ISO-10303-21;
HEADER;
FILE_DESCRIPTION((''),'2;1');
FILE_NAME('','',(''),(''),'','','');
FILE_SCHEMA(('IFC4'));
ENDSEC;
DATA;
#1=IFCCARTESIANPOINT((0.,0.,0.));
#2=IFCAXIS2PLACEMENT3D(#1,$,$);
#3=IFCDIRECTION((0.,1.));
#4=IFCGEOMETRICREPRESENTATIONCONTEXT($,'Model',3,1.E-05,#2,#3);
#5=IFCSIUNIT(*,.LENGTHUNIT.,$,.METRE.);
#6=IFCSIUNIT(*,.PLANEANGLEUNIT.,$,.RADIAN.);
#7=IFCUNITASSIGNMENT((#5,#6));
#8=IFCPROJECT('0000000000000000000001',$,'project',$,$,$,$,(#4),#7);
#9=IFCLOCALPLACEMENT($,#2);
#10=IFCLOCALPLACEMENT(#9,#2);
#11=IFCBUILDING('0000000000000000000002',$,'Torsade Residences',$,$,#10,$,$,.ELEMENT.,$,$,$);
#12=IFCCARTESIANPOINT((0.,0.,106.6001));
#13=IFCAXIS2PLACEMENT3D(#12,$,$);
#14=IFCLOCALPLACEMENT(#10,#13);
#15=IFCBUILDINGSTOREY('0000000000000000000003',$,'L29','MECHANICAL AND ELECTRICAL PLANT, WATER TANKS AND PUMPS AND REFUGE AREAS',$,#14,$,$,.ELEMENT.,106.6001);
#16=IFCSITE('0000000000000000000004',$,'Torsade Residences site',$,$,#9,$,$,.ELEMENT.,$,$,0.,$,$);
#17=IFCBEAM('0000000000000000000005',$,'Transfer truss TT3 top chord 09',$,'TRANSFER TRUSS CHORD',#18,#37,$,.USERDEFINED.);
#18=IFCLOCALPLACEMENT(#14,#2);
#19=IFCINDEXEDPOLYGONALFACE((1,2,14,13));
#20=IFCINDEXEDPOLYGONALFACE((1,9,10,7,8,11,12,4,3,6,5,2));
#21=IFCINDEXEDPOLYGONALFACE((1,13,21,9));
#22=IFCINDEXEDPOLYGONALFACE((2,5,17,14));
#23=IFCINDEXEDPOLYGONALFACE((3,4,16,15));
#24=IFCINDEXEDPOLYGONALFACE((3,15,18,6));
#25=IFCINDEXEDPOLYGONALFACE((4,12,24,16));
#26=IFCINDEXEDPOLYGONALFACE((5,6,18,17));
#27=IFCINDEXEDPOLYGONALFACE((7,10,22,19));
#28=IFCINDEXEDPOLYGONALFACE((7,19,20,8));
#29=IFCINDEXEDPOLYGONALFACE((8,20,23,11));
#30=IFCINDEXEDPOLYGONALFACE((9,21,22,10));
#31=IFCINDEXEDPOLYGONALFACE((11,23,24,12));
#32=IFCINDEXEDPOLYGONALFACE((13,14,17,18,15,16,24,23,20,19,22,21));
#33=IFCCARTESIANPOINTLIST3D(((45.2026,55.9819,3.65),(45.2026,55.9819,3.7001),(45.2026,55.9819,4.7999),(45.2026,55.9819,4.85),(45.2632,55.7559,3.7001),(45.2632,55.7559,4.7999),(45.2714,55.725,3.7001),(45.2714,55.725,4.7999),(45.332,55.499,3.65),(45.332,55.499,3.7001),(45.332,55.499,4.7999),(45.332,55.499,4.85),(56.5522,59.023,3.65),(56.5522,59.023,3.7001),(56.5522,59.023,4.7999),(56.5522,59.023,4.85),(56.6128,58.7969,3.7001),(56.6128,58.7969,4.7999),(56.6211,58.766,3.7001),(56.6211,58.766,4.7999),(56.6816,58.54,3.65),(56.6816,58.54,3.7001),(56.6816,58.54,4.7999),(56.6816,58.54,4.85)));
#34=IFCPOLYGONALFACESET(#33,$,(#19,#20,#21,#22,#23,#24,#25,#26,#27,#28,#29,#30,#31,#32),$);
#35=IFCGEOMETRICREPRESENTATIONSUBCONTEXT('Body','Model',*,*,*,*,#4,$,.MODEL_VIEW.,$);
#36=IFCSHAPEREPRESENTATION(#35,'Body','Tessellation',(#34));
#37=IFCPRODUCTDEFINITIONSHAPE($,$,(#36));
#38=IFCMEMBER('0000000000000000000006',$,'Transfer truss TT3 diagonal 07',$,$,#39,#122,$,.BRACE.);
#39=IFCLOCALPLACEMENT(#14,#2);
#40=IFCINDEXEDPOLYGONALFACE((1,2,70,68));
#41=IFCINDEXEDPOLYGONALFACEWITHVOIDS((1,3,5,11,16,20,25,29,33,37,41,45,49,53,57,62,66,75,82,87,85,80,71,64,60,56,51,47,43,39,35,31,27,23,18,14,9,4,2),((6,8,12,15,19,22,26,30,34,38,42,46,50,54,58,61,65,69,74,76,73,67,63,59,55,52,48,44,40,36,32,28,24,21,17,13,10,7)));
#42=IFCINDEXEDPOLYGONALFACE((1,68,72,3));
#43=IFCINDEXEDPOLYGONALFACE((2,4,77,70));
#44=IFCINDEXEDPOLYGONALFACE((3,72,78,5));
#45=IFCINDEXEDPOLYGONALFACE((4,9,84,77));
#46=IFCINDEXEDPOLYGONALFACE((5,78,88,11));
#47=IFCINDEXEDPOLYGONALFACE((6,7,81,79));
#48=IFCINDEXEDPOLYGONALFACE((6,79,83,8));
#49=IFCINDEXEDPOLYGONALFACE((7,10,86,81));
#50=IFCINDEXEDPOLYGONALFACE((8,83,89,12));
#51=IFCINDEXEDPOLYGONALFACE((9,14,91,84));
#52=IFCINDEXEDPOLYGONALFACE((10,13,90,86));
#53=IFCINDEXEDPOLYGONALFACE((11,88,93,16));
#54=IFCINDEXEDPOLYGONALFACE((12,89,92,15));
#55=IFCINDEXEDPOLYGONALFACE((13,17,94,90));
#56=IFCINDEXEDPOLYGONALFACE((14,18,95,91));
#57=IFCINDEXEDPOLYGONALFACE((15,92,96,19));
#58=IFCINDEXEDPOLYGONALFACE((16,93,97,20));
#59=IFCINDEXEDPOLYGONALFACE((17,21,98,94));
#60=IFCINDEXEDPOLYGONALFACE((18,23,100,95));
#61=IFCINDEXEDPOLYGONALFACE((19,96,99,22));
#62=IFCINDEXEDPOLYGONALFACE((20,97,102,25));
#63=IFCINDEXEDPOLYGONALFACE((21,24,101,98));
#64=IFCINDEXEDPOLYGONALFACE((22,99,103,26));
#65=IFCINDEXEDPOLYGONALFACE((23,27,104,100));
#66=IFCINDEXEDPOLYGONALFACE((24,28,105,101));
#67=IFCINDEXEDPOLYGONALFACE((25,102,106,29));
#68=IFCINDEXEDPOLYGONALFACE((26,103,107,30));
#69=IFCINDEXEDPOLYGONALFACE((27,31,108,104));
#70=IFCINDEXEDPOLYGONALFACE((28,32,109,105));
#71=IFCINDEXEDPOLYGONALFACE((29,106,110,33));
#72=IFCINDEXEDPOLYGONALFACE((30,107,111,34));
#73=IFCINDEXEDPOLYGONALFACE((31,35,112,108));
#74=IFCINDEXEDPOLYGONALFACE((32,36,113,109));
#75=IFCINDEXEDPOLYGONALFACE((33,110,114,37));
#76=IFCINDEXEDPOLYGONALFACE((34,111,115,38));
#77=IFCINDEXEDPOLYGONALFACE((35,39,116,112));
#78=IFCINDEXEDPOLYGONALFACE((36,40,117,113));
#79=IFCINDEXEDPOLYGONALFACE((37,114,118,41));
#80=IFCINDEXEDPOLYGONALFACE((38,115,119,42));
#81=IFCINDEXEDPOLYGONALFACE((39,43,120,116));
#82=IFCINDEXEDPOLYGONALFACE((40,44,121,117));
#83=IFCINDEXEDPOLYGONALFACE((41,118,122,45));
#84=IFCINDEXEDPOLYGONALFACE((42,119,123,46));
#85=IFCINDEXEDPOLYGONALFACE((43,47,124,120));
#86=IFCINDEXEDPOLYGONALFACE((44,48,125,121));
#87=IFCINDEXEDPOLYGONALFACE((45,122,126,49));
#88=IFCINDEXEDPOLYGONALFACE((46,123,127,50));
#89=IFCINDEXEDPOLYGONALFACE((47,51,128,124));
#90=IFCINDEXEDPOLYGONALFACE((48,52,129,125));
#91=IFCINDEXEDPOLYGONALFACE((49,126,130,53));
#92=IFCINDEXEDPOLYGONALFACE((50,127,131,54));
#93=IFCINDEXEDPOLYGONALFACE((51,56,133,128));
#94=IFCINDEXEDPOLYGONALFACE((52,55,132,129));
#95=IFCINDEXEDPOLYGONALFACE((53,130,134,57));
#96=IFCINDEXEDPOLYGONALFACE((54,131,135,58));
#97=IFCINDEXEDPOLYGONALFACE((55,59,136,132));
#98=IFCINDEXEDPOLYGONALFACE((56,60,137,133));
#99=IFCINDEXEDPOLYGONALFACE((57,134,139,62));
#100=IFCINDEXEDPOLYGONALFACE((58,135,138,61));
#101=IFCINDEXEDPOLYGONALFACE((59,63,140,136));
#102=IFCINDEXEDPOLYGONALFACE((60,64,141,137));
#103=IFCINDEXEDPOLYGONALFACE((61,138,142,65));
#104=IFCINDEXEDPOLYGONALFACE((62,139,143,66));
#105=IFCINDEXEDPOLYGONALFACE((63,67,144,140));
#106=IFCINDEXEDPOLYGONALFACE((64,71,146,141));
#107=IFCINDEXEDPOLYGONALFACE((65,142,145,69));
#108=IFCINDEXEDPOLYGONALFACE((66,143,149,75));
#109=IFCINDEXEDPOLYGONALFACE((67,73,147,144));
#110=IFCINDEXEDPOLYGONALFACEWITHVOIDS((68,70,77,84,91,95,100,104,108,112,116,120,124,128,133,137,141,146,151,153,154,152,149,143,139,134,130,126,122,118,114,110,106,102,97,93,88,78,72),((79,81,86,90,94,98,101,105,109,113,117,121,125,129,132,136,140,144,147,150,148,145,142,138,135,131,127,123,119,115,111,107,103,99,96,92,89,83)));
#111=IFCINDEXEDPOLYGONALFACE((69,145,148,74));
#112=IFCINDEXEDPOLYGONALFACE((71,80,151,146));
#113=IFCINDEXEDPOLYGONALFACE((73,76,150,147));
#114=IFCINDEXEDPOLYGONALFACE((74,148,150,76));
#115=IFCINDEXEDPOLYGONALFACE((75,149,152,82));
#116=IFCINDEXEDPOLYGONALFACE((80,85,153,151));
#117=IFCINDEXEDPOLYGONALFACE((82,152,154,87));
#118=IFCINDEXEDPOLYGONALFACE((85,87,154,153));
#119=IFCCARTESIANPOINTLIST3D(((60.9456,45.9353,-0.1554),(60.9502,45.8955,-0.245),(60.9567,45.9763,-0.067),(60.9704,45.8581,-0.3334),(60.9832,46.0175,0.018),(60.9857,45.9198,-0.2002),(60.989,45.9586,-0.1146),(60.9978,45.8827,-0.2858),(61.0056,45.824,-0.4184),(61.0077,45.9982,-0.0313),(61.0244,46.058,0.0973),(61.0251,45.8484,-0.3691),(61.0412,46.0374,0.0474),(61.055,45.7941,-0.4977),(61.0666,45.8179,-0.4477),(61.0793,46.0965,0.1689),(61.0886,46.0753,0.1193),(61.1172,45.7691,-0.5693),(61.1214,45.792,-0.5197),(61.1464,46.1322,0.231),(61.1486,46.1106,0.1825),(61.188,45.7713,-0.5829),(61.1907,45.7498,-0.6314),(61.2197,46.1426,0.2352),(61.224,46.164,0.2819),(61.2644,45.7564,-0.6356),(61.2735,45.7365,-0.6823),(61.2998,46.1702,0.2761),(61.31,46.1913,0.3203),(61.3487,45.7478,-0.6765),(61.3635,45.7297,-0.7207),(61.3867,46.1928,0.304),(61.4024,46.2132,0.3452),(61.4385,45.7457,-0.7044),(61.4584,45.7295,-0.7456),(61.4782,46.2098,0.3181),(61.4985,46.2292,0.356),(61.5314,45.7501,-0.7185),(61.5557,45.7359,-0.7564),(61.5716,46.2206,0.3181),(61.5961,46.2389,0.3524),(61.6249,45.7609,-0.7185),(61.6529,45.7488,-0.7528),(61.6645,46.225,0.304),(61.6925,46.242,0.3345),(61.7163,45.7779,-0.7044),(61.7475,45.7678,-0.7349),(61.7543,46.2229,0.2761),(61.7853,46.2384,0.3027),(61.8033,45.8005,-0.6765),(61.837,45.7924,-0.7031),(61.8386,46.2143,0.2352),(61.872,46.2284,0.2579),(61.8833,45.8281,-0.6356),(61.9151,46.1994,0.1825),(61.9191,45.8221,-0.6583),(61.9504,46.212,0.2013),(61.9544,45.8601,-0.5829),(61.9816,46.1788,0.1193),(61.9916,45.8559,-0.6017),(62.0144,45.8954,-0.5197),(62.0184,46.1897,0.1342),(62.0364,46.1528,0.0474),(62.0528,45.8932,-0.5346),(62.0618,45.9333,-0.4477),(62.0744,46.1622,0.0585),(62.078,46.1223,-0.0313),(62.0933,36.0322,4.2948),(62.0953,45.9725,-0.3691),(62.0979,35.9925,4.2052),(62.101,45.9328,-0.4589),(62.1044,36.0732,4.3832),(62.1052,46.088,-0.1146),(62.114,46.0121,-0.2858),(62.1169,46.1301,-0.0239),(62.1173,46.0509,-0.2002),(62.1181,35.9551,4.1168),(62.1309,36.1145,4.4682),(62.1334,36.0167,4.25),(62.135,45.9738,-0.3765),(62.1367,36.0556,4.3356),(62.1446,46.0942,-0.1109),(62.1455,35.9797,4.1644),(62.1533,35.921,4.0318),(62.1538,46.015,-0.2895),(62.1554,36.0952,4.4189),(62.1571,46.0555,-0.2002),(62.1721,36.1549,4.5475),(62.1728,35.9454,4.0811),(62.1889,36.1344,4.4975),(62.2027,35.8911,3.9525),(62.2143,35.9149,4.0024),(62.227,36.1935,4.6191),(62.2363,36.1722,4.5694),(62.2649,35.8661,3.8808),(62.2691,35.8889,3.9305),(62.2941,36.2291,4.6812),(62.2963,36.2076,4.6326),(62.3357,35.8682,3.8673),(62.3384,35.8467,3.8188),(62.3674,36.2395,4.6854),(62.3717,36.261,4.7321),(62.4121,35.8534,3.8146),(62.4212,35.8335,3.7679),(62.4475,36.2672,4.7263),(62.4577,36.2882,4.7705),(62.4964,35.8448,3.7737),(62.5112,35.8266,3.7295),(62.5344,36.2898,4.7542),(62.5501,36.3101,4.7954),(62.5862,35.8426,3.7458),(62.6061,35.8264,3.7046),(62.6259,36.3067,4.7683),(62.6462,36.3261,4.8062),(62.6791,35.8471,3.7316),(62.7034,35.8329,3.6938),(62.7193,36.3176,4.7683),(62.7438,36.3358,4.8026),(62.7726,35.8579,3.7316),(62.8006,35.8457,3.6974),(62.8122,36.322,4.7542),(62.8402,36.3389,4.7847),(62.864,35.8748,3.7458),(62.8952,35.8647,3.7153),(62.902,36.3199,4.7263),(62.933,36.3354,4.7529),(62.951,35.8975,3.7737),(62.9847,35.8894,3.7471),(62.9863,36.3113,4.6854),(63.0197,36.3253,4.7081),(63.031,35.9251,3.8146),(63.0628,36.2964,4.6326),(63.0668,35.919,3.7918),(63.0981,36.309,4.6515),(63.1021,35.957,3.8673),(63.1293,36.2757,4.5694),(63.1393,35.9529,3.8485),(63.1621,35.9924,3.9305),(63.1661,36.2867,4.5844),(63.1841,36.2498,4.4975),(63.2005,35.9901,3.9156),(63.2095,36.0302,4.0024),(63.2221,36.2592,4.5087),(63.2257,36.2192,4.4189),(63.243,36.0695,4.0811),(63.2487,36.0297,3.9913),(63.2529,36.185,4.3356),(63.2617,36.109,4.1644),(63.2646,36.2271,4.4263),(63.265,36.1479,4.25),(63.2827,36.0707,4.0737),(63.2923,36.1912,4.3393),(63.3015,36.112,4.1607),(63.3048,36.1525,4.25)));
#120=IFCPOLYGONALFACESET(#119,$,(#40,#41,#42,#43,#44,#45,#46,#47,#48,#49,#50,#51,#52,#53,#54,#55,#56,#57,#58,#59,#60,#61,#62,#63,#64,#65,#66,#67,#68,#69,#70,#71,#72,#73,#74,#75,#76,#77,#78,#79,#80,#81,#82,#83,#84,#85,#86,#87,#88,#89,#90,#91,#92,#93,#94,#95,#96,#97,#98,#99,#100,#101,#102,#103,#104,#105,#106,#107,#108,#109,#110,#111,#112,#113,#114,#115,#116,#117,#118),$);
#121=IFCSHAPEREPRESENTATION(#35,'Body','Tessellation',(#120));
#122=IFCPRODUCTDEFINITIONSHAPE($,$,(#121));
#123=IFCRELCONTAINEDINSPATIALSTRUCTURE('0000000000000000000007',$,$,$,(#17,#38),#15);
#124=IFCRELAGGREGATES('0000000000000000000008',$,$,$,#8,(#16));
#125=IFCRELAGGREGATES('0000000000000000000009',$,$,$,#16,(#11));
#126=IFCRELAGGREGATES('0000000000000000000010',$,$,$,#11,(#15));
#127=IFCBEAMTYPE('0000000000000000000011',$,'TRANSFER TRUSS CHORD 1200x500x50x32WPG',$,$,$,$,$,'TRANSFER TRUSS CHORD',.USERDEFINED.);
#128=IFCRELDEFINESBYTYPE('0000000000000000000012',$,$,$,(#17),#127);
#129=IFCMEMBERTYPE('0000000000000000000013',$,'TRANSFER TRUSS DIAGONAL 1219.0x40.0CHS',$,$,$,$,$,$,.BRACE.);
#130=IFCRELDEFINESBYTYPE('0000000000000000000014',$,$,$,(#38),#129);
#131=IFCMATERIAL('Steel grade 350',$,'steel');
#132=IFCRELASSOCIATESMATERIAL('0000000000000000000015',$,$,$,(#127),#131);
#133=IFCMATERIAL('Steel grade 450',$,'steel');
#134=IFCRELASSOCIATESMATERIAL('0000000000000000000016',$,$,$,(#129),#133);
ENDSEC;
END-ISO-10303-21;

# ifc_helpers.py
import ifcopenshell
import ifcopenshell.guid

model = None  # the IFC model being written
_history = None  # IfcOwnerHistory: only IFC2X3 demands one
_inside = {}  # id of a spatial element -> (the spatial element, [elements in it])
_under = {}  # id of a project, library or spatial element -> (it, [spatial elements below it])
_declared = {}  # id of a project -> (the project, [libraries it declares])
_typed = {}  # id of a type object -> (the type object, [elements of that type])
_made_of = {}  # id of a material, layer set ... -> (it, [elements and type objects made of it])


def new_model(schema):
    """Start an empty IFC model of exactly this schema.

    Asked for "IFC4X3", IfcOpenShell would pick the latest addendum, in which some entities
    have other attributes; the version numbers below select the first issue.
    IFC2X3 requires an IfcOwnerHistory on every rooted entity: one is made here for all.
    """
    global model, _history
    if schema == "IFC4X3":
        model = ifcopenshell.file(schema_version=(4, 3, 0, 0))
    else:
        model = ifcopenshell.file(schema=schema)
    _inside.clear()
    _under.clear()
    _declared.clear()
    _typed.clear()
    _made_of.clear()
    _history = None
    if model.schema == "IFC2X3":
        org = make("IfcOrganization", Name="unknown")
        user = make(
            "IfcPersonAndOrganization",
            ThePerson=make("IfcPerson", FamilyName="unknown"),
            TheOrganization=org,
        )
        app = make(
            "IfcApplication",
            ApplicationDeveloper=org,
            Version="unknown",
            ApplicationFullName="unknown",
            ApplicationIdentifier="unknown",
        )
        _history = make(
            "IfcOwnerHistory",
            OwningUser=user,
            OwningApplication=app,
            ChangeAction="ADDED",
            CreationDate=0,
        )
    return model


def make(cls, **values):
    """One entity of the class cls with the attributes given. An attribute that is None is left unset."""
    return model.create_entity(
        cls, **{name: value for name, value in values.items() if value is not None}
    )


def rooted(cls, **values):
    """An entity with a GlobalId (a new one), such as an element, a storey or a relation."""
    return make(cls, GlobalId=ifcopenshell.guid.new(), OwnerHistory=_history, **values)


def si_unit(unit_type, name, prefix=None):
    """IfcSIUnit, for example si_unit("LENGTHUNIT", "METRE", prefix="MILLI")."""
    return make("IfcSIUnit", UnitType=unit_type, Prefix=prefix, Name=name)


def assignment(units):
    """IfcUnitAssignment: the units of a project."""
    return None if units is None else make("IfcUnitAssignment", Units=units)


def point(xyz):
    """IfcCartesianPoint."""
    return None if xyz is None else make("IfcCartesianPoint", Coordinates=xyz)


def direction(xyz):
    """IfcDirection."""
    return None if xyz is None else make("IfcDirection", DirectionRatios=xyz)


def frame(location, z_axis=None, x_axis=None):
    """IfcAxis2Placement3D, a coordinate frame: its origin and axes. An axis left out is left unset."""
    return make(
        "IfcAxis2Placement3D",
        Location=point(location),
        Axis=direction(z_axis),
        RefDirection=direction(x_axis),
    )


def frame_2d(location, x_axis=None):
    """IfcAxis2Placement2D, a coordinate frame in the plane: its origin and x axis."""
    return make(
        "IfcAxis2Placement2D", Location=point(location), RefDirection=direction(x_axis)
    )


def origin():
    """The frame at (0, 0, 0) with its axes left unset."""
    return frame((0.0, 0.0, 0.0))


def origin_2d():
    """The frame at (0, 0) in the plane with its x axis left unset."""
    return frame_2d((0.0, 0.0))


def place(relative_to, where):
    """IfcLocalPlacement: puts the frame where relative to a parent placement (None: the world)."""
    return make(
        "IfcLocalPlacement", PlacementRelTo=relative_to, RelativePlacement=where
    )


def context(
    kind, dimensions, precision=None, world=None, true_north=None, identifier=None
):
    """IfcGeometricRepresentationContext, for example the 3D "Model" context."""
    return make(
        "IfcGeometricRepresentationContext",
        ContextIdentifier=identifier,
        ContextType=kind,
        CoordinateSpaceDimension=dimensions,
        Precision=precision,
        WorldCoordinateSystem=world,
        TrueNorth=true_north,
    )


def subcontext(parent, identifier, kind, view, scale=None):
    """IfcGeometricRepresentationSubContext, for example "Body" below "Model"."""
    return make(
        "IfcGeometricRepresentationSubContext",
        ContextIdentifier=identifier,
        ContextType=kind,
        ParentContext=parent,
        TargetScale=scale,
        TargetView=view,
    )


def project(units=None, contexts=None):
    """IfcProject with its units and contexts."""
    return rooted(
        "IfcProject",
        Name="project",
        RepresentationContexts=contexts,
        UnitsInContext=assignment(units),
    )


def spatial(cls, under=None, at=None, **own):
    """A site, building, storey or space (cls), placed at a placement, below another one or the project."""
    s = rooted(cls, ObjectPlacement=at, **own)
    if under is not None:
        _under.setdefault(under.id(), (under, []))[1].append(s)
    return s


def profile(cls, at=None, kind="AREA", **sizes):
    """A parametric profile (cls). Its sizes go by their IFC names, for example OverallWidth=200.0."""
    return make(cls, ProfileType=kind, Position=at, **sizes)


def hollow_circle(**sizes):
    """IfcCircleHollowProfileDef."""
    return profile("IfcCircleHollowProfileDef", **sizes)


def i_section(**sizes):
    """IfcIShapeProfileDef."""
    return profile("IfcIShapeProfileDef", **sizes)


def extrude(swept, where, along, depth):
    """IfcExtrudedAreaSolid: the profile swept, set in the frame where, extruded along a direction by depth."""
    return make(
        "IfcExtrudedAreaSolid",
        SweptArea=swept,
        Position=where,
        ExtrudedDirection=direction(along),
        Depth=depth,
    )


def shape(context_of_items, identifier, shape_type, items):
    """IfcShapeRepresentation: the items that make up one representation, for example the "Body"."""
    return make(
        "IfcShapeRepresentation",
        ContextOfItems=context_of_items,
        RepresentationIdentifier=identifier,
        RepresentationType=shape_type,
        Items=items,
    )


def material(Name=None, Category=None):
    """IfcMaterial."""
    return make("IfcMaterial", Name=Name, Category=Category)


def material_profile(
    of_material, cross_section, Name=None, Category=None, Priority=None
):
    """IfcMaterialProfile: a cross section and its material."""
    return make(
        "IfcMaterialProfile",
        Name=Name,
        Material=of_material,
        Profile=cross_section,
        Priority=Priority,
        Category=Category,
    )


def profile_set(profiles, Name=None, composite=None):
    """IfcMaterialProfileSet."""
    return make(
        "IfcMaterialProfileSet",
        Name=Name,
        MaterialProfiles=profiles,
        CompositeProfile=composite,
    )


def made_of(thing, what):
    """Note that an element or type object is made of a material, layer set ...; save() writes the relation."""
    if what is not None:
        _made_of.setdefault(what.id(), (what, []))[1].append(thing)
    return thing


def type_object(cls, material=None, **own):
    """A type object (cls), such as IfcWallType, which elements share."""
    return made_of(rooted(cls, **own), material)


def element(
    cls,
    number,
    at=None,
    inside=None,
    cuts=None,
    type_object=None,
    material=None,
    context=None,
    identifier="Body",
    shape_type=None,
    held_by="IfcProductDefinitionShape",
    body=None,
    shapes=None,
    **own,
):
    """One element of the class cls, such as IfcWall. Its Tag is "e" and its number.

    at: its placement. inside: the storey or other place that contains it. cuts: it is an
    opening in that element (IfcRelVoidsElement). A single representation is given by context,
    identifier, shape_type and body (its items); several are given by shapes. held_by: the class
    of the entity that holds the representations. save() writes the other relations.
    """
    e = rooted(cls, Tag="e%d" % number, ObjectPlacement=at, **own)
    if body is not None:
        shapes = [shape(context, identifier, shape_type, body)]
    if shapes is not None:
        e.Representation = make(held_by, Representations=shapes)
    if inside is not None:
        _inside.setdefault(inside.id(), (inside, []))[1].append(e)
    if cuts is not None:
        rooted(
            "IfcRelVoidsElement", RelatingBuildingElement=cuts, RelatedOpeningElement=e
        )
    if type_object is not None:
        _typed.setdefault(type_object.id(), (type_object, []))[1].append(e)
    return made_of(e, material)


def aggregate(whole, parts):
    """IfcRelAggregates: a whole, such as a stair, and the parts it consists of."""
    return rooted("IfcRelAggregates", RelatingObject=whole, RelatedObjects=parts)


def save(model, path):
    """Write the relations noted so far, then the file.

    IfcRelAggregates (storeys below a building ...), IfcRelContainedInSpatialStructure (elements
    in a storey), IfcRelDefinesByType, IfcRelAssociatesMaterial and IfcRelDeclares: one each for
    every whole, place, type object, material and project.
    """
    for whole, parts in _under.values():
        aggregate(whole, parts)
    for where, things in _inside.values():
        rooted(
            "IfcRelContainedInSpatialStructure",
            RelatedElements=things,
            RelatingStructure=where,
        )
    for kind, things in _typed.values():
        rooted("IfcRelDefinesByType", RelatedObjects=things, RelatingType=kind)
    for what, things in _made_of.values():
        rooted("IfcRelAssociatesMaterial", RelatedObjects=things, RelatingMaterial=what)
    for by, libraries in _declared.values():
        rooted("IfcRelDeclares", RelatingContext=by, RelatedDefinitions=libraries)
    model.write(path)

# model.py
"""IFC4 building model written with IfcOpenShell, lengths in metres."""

from ifc_helpers import new_model, si_unit, direction, frame, origin, origin_2d, place, context, subcontext, project, spatial, hollow_circle, i_section, extrude, material, material_profile, profile_set, type_object, element, save


model = new_model("IFC4")

# Units and contexts
model_context = context("Model", 3, precision=1e-05, world=origin(), true_north=direction((0.0, 1.0)))
body_context = subcontext(model_context, "Body", "Model", "MODEL_VIEW")
ifc_project = project(units=[si_unit("LENGTHUNIT", "METRE"), si_unit("PLANEANGLEUNIT", "RADIAN")], contexts=[model_context])

# Site, building, storey
site_placement = place(None, origin())
site = spatial("IfcSite", under=ifc_project, at=site_placement, Name="Torsade Residences site", CompositionType="ELEMENT", RefElevation=0.0)
building_placement = place(site_placement, origin())
building = spatial("IfcBuilding", under=site, at=building_placement, Name="Torsade Residences", CompositionType="ELEMENT")
storey_placement = place(building_placement, frame((0.0, 0.0, 106.6001)))
storey = spatial("IfcBuildingStorey", under=building, at=storey_placement, Name="L29", Description="MECHANICAL AND ELECTRICAL PLANT, WATER TANKS AND PUMPS AND REFUGE AREAS", CompositionType="ELEMENT", Elevation=106.6001)

# Beam
ifc_material_1 = material(Name="Steel grade 350", Category="steel")
ifc_material_profile_1 = material_profile(ifc_material_1, i_section(OverallWidth=0.5, OverallDepth=1.2, WebThickness=0.032, FlangeThickness=0.05, at=origin_2d()), Name="1200x500x50x32WPG")
ifc_profile_set_1 = profile_set([ifc_material_profile_1], Name="Steel grade 350")
beam_type_1 = type_object("IfcBeamType", Name="TRANSFER TRUSS CHORD 1200x500x50x32WPG", ElementType="TRANSFER TRUSS CHORD", PredefinedType="USERDEFINED", material=ifc_profile_set_1)
for number, where, z_axis, x_axis, name in (
    (1, (56.6169, 58.7815, 4.25), (-0.965928, -0.258811, 0.0), (0.258811, -0.965928, 0.0), "Transfer truss TT3 top chord 09"),
):
    element("IfcBeam", number, at=place(storey_placement, frame(where, z_axis=z_axis, x_axis=x_axis)), inside=storey, type_object=beam_type_1, Name=name, ObjectType="TRANSFER TRUSS CHORD", PredefinedType="USERDEFINED", context=body_context, shape_type="SweptSolid", body=[
        extrude(i_section(OverallWidth=0.5, OverallDepth=1.2, WebThickness=0.032, FlangeThickness=0.05, at=origin_2d()), origin(), (0.0, 0.0, 1.0), 11.75),
    ])

# Member
ifc_material_2 = material(Name="Steel grade 450", Category="steel")
ifc_material_profile_2 = material_profile(ifc_material_2, hollow_circle(Radius=0.6096, WallThickness=0.04, at=origin_2d()), Name="1219.0x40.0CHS")
ifc_profile_set_2 = profile_set([ifc_material_profile_2], Name="Steel grade 450")
member_type_1 = type_object("IfcMemberType", Name="TRANSFER TRUSS DIAGONAL 1219.0x40.0CHS", PredefinedType="BRACE", material=ifc_profile_set_2)
member_1_placement = place(storey_placement, frame((61.5515, 45.9854, -0.2002), z_axis=(0.105125, -0.907081, 0.407619), x_axis=(0.993351, 0.115123, 0.0)))
element("IfcMember", 2, at=member_1_placement, inside=storey, type_object=member_type_1, Name="Transfer truss TT3 diagonal 07", PredefinedType="BRACE", context=body_context, shape_type="SweptSolid", body=[
    extrude(hollow_circle(Radius=0.6096, WallThickness=0.04, at=origin_2d()), origin(), (0.0, 0.0, 1.0), 10.9175),
])

save(model, "model.ifc")
